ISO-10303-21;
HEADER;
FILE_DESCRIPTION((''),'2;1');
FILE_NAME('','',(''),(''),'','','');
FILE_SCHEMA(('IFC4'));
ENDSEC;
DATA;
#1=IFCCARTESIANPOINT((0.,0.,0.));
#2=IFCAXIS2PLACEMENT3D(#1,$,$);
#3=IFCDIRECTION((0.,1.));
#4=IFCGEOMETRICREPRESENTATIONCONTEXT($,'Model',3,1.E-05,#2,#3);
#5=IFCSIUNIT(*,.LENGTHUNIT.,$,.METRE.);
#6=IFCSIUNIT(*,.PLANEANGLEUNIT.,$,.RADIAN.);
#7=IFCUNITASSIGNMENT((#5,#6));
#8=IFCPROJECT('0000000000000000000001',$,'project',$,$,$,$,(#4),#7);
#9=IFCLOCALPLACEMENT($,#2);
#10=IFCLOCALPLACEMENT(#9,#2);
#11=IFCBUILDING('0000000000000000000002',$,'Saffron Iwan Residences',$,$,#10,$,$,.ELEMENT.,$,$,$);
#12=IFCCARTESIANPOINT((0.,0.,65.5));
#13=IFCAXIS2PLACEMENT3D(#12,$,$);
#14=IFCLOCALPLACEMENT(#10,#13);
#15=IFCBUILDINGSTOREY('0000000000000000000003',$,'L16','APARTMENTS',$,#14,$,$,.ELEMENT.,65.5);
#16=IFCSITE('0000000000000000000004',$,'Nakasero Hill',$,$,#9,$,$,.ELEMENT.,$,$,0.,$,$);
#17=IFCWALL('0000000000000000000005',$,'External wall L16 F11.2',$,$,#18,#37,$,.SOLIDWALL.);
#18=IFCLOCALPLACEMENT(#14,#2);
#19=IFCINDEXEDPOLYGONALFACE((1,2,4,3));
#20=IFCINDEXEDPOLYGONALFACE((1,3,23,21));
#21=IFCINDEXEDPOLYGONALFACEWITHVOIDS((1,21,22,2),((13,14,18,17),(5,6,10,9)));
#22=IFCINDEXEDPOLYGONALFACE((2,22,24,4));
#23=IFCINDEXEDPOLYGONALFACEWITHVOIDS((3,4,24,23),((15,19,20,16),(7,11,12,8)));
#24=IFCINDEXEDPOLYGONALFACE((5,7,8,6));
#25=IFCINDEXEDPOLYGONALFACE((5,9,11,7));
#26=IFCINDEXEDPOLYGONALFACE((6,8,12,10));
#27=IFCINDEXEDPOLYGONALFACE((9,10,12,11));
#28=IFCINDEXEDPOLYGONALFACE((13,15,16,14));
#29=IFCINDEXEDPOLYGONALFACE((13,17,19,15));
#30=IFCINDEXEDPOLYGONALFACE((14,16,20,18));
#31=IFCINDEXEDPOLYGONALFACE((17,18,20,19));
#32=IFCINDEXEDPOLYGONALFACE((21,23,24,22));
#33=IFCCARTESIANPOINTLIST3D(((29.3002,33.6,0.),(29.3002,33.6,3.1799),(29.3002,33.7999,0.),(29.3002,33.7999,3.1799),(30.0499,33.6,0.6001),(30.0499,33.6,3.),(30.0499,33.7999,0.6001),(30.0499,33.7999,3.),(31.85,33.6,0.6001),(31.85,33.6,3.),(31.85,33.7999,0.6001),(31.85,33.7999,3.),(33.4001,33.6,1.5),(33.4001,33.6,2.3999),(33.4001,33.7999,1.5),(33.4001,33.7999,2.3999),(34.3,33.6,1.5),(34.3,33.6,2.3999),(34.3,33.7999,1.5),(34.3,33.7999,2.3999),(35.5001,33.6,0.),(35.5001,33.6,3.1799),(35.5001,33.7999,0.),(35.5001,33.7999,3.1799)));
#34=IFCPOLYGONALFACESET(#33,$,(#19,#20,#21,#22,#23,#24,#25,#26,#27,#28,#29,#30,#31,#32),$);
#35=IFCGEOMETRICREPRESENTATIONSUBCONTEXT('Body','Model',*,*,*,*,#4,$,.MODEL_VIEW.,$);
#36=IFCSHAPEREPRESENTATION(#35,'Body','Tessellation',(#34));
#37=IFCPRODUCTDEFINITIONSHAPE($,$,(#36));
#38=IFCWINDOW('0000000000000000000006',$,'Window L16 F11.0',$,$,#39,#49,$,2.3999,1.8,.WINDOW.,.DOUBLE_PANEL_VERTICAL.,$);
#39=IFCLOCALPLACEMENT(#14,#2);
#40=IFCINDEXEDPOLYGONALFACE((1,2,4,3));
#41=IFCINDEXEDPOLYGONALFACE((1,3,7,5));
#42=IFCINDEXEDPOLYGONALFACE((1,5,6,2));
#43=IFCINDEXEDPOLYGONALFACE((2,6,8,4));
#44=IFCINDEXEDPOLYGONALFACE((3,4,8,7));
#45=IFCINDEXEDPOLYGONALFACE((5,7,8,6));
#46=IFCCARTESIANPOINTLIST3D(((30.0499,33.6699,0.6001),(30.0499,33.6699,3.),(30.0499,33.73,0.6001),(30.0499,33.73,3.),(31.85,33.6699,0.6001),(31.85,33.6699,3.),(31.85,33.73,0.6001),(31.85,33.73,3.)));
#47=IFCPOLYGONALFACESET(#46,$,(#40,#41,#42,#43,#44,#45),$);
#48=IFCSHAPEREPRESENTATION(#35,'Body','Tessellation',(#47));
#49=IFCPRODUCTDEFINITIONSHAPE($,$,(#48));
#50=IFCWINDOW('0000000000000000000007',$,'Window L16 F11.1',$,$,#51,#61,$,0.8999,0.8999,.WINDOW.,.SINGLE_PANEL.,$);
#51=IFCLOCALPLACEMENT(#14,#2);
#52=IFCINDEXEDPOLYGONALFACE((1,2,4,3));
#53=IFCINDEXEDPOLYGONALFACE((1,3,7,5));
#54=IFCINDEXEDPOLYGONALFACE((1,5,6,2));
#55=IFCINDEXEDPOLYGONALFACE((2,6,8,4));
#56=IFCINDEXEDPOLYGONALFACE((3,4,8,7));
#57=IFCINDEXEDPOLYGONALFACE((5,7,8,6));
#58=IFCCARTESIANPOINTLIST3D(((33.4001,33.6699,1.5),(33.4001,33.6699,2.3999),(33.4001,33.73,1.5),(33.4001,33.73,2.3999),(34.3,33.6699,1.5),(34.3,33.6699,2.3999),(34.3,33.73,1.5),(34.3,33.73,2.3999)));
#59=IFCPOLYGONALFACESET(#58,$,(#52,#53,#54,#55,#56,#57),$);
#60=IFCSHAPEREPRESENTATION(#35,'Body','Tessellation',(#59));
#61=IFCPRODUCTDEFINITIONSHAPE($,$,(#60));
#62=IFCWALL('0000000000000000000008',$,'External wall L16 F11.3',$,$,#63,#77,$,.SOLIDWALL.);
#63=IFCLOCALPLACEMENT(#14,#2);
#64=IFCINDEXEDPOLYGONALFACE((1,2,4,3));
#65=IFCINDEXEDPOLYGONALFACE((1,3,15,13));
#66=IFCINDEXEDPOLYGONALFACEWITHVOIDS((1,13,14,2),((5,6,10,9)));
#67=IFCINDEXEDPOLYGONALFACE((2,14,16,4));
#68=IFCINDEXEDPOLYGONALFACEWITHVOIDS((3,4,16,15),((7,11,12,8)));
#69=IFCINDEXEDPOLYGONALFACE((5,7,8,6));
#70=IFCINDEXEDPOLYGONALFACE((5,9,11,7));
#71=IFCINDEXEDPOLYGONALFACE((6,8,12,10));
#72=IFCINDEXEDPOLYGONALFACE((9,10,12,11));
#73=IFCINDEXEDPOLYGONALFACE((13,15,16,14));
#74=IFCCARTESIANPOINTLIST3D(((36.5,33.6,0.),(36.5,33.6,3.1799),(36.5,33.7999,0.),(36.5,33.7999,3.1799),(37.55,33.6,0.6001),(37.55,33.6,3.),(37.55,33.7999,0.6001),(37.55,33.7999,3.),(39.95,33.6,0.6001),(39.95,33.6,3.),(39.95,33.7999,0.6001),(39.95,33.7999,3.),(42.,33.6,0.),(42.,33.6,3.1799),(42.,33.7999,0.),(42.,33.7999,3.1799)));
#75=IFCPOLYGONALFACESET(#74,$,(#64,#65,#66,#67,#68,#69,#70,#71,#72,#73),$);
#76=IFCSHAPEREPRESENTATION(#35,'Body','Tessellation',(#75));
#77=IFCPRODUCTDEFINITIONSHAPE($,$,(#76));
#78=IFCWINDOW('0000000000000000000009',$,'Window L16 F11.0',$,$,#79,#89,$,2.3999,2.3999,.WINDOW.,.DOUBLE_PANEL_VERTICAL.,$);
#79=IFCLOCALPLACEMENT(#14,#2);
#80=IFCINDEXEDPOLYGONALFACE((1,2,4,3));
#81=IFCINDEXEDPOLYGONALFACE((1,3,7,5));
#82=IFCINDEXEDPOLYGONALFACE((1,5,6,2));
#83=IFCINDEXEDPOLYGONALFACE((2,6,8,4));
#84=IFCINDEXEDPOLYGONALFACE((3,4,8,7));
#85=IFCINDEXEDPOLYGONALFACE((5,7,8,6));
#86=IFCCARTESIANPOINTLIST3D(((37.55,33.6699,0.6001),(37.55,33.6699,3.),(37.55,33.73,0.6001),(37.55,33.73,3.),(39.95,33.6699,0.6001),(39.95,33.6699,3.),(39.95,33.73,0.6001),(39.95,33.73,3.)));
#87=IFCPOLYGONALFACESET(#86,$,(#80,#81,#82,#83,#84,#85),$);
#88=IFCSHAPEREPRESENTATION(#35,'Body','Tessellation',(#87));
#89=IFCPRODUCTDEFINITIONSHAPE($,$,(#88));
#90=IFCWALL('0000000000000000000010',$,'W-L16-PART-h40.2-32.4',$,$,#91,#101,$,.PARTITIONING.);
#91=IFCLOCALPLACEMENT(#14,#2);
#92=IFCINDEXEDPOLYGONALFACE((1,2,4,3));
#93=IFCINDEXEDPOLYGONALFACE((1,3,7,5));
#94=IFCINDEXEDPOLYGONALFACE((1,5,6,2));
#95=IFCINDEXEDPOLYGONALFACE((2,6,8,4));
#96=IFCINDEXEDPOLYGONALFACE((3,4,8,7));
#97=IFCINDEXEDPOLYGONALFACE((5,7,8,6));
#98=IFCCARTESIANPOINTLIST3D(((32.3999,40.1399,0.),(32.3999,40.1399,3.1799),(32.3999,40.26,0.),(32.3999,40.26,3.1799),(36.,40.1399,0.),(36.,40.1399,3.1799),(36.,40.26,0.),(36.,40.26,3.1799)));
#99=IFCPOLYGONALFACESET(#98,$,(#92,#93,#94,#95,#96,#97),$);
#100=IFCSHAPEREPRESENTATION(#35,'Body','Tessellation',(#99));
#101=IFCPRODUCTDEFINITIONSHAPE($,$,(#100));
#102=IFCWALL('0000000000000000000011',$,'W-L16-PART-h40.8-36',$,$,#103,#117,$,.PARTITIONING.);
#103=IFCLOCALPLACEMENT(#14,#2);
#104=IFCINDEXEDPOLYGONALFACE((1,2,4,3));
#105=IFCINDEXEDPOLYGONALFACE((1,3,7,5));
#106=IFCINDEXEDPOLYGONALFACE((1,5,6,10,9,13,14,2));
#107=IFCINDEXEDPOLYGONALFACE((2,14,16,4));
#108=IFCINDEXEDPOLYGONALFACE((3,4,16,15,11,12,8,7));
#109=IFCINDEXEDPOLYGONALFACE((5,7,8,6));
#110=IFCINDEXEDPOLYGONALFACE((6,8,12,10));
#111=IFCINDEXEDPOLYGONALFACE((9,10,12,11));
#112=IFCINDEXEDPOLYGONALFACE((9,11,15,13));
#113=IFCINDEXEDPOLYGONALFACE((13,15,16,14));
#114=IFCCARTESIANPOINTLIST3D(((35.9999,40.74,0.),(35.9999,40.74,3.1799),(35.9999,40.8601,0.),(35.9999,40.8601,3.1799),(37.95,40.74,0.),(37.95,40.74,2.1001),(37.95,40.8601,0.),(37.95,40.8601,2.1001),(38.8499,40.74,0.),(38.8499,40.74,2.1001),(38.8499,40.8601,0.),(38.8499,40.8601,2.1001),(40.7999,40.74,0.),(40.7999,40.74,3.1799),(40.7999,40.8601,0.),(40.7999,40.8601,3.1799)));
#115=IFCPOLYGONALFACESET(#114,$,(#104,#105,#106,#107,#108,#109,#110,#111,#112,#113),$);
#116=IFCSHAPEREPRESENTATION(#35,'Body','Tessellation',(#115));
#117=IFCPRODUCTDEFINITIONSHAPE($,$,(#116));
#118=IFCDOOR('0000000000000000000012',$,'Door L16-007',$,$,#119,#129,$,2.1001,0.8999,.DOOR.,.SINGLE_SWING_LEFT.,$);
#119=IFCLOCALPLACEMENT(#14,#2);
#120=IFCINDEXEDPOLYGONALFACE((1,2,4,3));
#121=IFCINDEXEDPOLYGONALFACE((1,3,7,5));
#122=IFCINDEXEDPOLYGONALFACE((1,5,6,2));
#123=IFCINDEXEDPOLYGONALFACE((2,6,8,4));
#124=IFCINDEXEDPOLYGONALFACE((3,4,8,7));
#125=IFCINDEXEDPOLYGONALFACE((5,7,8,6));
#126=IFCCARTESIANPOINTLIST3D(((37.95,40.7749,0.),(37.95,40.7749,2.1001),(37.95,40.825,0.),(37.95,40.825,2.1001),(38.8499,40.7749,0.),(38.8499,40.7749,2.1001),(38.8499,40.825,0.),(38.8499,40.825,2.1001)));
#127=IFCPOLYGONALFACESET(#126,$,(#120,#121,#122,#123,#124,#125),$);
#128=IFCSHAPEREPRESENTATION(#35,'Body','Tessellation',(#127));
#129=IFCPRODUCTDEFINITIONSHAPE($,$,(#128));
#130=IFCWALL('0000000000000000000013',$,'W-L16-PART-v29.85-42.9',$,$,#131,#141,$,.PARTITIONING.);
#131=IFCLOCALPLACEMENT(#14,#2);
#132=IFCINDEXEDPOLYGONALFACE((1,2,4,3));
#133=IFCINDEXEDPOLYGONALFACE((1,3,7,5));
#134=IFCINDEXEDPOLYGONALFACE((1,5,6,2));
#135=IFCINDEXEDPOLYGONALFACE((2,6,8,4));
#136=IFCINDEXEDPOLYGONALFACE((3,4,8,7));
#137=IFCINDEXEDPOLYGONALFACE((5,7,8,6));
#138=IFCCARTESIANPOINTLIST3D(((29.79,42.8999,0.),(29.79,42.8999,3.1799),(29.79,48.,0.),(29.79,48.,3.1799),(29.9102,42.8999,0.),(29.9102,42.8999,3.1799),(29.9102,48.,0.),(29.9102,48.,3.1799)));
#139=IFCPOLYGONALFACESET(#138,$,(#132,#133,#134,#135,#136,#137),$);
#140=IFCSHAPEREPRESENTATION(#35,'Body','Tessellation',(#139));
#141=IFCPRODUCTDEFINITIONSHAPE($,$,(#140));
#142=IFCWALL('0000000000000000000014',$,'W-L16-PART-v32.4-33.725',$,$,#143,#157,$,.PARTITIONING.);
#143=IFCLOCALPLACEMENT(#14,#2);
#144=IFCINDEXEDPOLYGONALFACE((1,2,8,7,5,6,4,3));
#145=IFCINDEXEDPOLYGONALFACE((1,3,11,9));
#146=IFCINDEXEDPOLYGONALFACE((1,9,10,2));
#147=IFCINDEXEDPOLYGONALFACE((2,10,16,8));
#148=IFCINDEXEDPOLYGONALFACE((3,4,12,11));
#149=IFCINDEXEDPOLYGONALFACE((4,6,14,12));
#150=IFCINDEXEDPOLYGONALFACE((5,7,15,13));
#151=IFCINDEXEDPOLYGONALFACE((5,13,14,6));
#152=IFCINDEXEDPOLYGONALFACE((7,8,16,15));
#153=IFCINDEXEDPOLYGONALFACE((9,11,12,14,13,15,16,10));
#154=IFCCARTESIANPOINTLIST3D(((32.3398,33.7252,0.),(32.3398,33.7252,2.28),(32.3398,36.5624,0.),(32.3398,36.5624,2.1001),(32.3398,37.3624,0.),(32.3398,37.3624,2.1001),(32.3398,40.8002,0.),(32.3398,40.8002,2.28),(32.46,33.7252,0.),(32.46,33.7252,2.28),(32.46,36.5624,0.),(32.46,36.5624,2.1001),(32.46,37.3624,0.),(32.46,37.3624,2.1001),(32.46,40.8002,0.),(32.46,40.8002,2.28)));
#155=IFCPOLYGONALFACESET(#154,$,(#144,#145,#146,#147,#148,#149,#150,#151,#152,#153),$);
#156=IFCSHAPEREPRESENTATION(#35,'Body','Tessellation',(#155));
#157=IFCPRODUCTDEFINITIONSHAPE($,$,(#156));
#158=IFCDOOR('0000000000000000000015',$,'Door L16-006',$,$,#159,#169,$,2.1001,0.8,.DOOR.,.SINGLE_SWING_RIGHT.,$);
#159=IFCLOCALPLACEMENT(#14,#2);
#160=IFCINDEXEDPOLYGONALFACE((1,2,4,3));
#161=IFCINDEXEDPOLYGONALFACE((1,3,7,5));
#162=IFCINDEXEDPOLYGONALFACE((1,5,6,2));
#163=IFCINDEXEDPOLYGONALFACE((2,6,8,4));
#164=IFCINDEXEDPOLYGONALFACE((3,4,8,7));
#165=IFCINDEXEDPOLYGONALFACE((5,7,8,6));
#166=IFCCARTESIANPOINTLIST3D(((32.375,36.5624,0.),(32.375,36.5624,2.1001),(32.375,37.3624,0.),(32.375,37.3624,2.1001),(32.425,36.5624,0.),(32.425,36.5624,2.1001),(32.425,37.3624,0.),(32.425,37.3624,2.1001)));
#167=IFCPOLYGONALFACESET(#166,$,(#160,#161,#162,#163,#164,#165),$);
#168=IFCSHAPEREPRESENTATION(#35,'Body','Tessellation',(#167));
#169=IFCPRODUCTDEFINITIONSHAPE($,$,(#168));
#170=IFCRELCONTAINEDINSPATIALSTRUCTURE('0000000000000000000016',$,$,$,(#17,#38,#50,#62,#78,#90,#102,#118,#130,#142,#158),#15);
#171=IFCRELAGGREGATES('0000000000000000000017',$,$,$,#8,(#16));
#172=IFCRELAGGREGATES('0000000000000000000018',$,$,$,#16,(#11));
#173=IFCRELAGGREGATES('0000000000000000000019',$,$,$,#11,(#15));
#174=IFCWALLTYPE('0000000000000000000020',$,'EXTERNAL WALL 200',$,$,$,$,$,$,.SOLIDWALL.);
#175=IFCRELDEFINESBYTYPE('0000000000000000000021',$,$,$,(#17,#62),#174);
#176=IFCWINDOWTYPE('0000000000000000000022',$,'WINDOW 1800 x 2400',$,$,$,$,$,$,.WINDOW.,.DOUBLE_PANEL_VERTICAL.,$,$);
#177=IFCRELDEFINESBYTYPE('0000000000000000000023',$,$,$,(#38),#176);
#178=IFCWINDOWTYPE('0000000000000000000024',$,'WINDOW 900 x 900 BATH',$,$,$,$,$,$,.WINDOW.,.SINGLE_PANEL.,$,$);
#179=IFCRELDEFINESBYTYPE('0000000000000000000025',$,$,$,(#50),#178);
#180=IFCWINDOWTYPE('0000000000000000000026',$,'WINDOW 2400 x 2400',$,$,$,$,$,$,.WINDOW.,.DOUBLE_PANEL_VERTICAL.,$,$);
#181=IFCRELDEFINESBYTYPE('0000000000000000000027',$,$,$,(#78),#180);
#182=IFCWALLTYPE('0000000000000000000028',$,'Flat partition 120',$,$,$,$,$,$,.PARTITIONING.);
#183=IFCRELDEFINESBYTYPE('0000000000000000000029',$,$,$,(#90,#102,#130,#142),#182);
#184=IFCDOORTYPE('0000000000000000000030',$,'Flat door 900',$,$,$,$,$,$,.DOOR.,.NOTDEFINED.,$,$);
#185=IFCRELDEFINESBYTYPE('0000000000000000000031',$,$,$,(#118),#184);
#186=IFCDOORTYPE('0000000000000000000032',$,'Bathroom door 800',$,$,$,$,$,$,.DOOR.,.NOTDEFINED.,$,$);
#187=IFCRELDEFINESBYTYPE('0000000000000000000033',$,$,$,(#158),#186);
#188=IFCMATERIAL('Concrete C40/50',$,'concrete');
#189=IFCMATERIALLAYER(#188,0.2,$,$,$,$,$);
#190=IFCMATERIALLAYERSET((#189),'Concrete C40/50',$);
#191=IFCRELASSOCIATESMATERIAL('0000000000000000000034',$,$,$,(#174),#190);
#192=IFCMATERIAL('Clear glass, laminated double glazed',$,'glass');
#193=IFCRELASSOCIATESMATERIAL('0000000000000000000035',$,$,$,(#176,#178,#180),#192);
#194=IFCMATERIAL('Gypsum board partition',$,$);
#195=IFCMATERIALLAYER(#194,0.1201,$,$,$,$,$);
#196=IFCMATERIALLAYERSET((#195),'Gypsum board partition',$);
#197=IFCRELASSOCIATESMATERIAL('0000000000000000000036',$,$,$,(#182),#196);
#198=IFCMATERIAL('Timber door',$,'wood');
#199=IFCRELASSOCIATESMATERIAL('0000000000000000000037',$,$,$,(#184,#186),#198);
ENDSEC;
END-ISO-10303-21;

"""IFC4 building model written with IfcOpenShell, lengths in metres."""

from ifc_helpers import new_model, si_unit, direction, frame, frame_2d, origin, place, context, subcontext, project, spatial, rectangle, extrude, material, layer, layer_set, type_object, element, fill, save


model = new_model("IFC4")

# Units and contexts
model_context = context("Model", 3, precision=1e-05, world=origin(), true_north=direction((0.0, 1.0)))
body_context = subcontext(model_context, "Body", "Model", "MODEL_VIEW")
ifc_project = project(units=[si_unit("LENGTHUNIT", "METRE"), si_unit("PLANEANGLEUNIT", "RADIAN")], contexts=[model_context])

# Site, building, storey
site_placement = place(None, origin())
site = spatial("IfcSite", under=ifc_project, at=site_placement, Name="Nakasero Hill", CompositionType="ELEMENT", RefElevation=0.0)
building_placement = place(site_placement, origin())
building = spatial("IfcBuilding", under=site, at=building_placement, Name="Saffron Iwan Residences", CompositionType="ELEMENT")
storey_placement = place(building_placement, frame((0.0, 0.0, 65.5)))
storey = spatial("IfcBuildingStorey", under=building, at=storey_placement, Name="L16", Description="APARTMENTS", CompositionType="ELEMENT", Elevation=65.5)

# Shared definitions
ifc_material_1 = material(Name="Clear glass, laminated double glazed", Category="glass")

# Wall, openings, windows
ifc_material_2 = material(Name="Concrete C40/50", Category="concrete")
ifc_layer_1 = layer(ifc_material_2, 0.2)
ifc_layer_set_1 = layer_set([ifc_layer_1], Name="Concrete C40/50")
wall_type_1 = type_object("IfcWallType", Name="EXTERNAL WALL 200", PredefinedType="SOLIDWALL", material=ifc_layer_set_1)
wall_1_placement = place(storey_placement, frame((29.3, 33.7, 0.0), z_axis=(0.0, 0.0, 1.0), x_axis=(1.0, 0.0, 0.0)))
wall_1 = element("IfcWall", 1, at=wall_1_placement, inside=storey, type_object=wall_type_1, Name="External wall L16 F11.2", PredefinedType="SOLIDWALL", context=body_context, shape_type="SweptSolid", body=[
    extrude(rectangle(XDim=6.2, YDim=0.2, at=frame_2d((3.1001, 0.0))), origin(), (0.0, 0.0, 1.0), 3.1799),
])
opening_1_placement = place(wall_1_placement, frame((0.75, 0.0, 0.6001)))
opening_1 = element("IfcOpeningElement", 2, at=opening_1_placement, cuts=wall_1, PredefinedType="OPENING", context=body_context, shape_type="SweptSolid", body=[
    extrude(rectangle(XDim=1.8, YDim=2.3999, at=frame_2d((0.8999, 1.2))), frame((0.0, 0.1099, 0.0), z_axis=(0.0, -1.0, 0.0), x_axis=(1.0, 0.0, 0.0)), (0.0, 0.0, 1.0), 0.22),
])
opening_2_placement = place(wall_1_placement, frame((4.1001, 0.0, 1.5)))
opening_2 = element("IfcOpeningElement", 3, at=opening_2_placement, cuts=wall_1, PredefinedType="OPENING", context=body_context, shape_type="SweptSolid", body=[
    extrude(rectangle(XDim=0.8999, YDim=0.8999, at=frame_2d((0.45, 0.45))), frame((0.0, 0.1099, 0.0), z_axis=(0.0, -1.0, 0.0), x_axis=(1.0, 0.0, 0.0)), (0.0, 0.0, 1.0), 0.22),
])
window_type_1 = type_object("IfcWindowType", Name="WINDOW 1800 x 2400", PartitioningType="DOUBLE_PANEL_VERTICAL", PredefinedType="WINDOW", material=ifc_material_1)
window_1_placement = place(opening_1_placement, origin())
window_1 = element("IfcWindow", 4, at=window_1_placement, inside=storey, type_object=window_type_1, Name="Window L16 F11.0", OverallHeight=2.3999, OverallWidth=1.8, PartitioningType="DOUBLE_PANEL_VERTICAL", PredefinedType="WINDOW", context=body_context, shape_type="SweptSolid", body=[
    extrude(rectangle(XDim=1.8, YDim=2.3999, at=frame_2d((0.8999, 1.2))), frame((0.0, 0.03, 0.0), z_axis=(0.0, -1.0, 0.0), x_axis=(1.0, 0.0, 0.0)), (0.0, 0.0, 1.0), 0.0601),
])
fill(opening_1, window_1)
window_type_2 = type_object("IfcWindowType", Name="WINDOW 900 x 900 BATH", PartitioningType="SINGLE_PANEL", PredefinedType="WINDOW", material=ifc_material_1)
window_2_placement = place(opening_2_placement, origin())
window_2 = element("IfcWindow", 5, at=window_2_placement, inside=storey, type_object=window_type_2, Name="Window L16 F11.1", OverallHeight=0.8999, OverallWidth=0.8999, PartitioningType="SINGLE_PANEL", PredefinedType="WINDOW", context=body_context, shape_type="SweptSolid", body=[
    extrude(rectangle(XDim=0.8999, YDim=0.8999, at=frame_2d((0.45, 0.45))), frame((0.0, 0.03, 0.0), z_axis=(0.0, -1.0, 0.0), x_axis=(1.0, 0.0, 0.0)), (0.0, 0.0, 1.0), 0.0601),
])
fill(opening_2, window_2)

# Wall, opening, window
wall_2_placement = place(storey_placement, frame((36.5, 33.7, 0.0), z_axis=(0.0, 0.0, 1.0), x_axis=(1.0, 0.0, 0.0)))
wall_2 = element("IfcWall", 6, at=wall_2_placement, inside=storey, type_object=wall_type_1, Name="External wall L16 F11.3", PredefinedType="SOLIDWALL", context=body_context, shape_type="SweptSolid", body=[
    extrude(rectangle(XDim=5.5, YDim=0.2, at=frame_2d((2.75, 0.0))), origin(), (0.0, 0.0, 1.0), 3.1799),
])
opening_3_placement = place(wall_2_placement, frame((1.05, 0.0, 0.6001)))
opening_3 = element("IfcOpeningElement", 7, at=opening_3_placement, cuts=wall_2, PredefinedType="OPENING", context=body_context, shape_type="SweptSolid", body=[
    extrude(rectangle(XDim=2.3999, YDim=2.3999, at=frame_2d((1.2, 1.2))), frame((0.0, 0.1099, 0.0), z_axis=(0.0, -1.0, 0.0), x_axis=(1.0, 0.0, 0.0)), (0.0, 0.0, 1.0), 0.22),
])
window_type_3 = type_object("IfcWindowType", Name="WINDOW 2400 x 2400", PartitioningType="DOUBLE_PANEL_VERTICAL", PredefinedType="WINDOW", material=ifc_material_1)
window_3_placement = place(opening_3_placement, origin())
window_3 = element("IfcWindow", 8, at=window_3_placement, inside=storey, type_object=window_type_3, Name="Window L16 F11.0", OverallHeight=2.3999, OverallWidth=2.3999, PartitioningType="DOUBLE_PANEL_VERTICAL", PredefinedType="WINDOW", context=body_context, shape_type="SweptSolid", body=[
    extrude(rectangle(XDim=2.3999, YDim=2.3999, at=frame_2d((1.2, 1.2))), frame((0.0, 0.03, 0.0), z_axis=(0.0, -1.0, 0.0), x_axis=(1.0, 0.0, 0.0)), (0.0, 0.0, 1.0), 0.0601),
])
fill(opening_3, window_3)

# Wall
ifc_material_3 = material(Name="Gypsum board partition")
ifc_layer_2 = layer(ifc_material_3, 0.1201)
ifc_layer_set_2 = layer_set([ifc_layer_2], Name="Gypsum board partition")
wall_type_2 = type_object("IfcWallType", Name="Flat partition 120", PredefinedType="PARTITIONING", material=ifc_layer_set_2)
wall_3_placement = place(storey_placement, frame((32.3999, 40.2, 0.0), z_axis=(0.0, 0.0, 1.0), x_axis=(1.0, 0.0, 0.0)))
element("IfcWall", 9, at=wall_3_placement, inside=storey, type_object=wall_type_2, Name="W-L16-PART-h40.2-32.4", PredefinedType="PARTITIONING", context=body_context, shape_type="SweptSolid", body=[
    extrude(rectangle(XDim=3.6001, YDim=0.1201, at=frame_2d((1.8, 0.0))), origin(), (0.0, 0.0, 1.0), 3.1799),
])

# Wall, opening, door
wall_4_placement = place(storey_placement, frame((36.0, 40.8, 0.0), z_axis=(0.0, 0.0, 1.0), x_axis=(1.0, 0.0, 0.0)))
wall_4 = element("IfcWall", 10, at=wall_4_placement, inside=storey, type_object=wall_type_2, Name="W-L16-PART-h40.8-36", PredefinedType="PARTITIONING", context=body_context, shape_type="SweptSolid", body=[
    extrude(rectangle(XDim=4.8, YDim=0.1201, at=frame_2d((2.3999, 0.0))), origin(), (0.0, 0.0, 1.0), 3.1799),
])
opening_4_placement = place(wall_4_placement, frame((1.95, 0.0, 0.0)))
opening_4 = element("IfcOpeningElement", 11, at=opening_4_placement, cuts=wall_4, PredefinedType="OPENING", context=body_context, shape_type="SweptSolid", body=[
    extrude(rectangle(XDim=0.8999, YDim=2.1001, at=frame_2d((0.45, 1.05))), frame((0.0, 0.0701, 0.0), z_axis=(0.0, -1.0, 0.0), x_axis=(1.0, 0.0, 0.0)), (0.0, 0.0, 1.0), 0.1401),
])
ifc_material_4 = material(Name="Timber door", Category="wood")
door_type_1 = type_object("IfcDoorType", Name="Flat door 900", OperationType="NOTDEFINED", PredefinedType="DOOR", material=ifc_material_4)
door_1_placement = place(opening_4_placement, origin())
door_1 = element("IfcDoor", 12, at=door_1_placement, inside=storey, type_object=door_type_1, Name="Door L16-007", OperationType="SINGLE_SWING_LEFT", OverallHeight=2.1001, OverallWidth=0.8999, PredefinedType="DOOR", context=body_context, shape_type="SweptSolid", body=[
    extrude(rectangle(XDim=0.8999, YDim=2.1001, at=frame_2d((0.45, 1.05))), frame((0.0, 0.0249, 0.0), z_axis=(0.0, -1.0, 0.0), x_axis=(1.0, 0.0, 0.0)), (0.0, 0.0, 1.0), 0.05),
])
fill(opening_4, door_1)

# Wall
wall_5_placement = place(storey_placement, frame((29.8501, 42.8999, 0.0), z_axis=(0.0, 0.0, 1.0), x_axis=(0.0, 1.0, 0.0)))
element("IfcWall", 13, at=wall_5_placement, inside=storey, type_object=wall_type_2, Name="W-L16-PART-v29.85-42.9", PredefinedType="PARTITIONING", context=body_context, shape_type="SweptSolid", body=[
    extrude(rectangle(XDim=5.1001, YDim=0.1201, at=frame_2d((2.55, 0.0))), origin(), (0.0, 0.0, 1.0), 3.1799),
])

# Wall, opening, door
wall_6_placement = place(storey_placement, frame((32.3999, 33.7251, 0.0), z_axis=(0.0, 0.0, 1.0), x_axis=(0.0, 1.0, 0.0)))
wall_6 = element("IfcWall", 14, at=wall_6_placement, inside=storey, type_object=wall_type_2, Name="W-L16-PART-v32.4-33.725", PredefinedType="PARTITIONING", context=body_context, shape_type="SweptSolid", body=[
    extrude(rectangle(XDim=7.075, YDim=0.1201, at=frame_2d((3.5376, 0.0))), origin(), (0.0, 0.0, 1.0), 2.28),
])
opening_5_placement = place(wall_6_placement, frame((2.8374, 0.0, 0.0)))
opening_5 = element("IfcOpeningElement", 15, at=opening_5_placement, cuts=wall_6, PredefinedType="OPENING", context=body_context, shape_type="SweptSolid", body=[
    extrude(rectangle(XDim=0.8, YDim=2.1001, at=frame_2d((0.3999, 1.05))), frame((0.0, 0.0701, 0.0), z_axis=(0.0, -1.0, 0.0), x_axis=(1.0, 0.0, 0.0)), (0.0, 0.0, 1.0), 0.1401),
])
door_type_2 = type_object("IfcDoorType", Name="Bathroom door 800", OperationType="NOTDEFINED", PredefinedType="DOOR", material=ifc_material_4)
door_2_placement = place(opening_5_placement, origin())
door_2 = element("IfcDoor", 16, at=door_2_placement, inside=storey, type_object=door_type_2, Name="Door L16-006", OperationType="SINGLE_SWING_RIGHT", OverallHeight=2.1001, OverallWidth=0.8, PredefinedType="DOOR", context=body_context, shape_type="SweptSolid", body=[
    extrude(rectangle(XDim=0.8, YDim=2.1001, at=frame_2d((0.3999, 1.05))), frame((0.0, 0.0249, 0.0), z_axis=(0.0, -1.0, 0.0), x_axis=(1.0, 0.0, 0.0)), (0.0, 0.0, 1.0), 0.05),
])
fill(opening_5, door_2)

save(model, "model.ifc")
